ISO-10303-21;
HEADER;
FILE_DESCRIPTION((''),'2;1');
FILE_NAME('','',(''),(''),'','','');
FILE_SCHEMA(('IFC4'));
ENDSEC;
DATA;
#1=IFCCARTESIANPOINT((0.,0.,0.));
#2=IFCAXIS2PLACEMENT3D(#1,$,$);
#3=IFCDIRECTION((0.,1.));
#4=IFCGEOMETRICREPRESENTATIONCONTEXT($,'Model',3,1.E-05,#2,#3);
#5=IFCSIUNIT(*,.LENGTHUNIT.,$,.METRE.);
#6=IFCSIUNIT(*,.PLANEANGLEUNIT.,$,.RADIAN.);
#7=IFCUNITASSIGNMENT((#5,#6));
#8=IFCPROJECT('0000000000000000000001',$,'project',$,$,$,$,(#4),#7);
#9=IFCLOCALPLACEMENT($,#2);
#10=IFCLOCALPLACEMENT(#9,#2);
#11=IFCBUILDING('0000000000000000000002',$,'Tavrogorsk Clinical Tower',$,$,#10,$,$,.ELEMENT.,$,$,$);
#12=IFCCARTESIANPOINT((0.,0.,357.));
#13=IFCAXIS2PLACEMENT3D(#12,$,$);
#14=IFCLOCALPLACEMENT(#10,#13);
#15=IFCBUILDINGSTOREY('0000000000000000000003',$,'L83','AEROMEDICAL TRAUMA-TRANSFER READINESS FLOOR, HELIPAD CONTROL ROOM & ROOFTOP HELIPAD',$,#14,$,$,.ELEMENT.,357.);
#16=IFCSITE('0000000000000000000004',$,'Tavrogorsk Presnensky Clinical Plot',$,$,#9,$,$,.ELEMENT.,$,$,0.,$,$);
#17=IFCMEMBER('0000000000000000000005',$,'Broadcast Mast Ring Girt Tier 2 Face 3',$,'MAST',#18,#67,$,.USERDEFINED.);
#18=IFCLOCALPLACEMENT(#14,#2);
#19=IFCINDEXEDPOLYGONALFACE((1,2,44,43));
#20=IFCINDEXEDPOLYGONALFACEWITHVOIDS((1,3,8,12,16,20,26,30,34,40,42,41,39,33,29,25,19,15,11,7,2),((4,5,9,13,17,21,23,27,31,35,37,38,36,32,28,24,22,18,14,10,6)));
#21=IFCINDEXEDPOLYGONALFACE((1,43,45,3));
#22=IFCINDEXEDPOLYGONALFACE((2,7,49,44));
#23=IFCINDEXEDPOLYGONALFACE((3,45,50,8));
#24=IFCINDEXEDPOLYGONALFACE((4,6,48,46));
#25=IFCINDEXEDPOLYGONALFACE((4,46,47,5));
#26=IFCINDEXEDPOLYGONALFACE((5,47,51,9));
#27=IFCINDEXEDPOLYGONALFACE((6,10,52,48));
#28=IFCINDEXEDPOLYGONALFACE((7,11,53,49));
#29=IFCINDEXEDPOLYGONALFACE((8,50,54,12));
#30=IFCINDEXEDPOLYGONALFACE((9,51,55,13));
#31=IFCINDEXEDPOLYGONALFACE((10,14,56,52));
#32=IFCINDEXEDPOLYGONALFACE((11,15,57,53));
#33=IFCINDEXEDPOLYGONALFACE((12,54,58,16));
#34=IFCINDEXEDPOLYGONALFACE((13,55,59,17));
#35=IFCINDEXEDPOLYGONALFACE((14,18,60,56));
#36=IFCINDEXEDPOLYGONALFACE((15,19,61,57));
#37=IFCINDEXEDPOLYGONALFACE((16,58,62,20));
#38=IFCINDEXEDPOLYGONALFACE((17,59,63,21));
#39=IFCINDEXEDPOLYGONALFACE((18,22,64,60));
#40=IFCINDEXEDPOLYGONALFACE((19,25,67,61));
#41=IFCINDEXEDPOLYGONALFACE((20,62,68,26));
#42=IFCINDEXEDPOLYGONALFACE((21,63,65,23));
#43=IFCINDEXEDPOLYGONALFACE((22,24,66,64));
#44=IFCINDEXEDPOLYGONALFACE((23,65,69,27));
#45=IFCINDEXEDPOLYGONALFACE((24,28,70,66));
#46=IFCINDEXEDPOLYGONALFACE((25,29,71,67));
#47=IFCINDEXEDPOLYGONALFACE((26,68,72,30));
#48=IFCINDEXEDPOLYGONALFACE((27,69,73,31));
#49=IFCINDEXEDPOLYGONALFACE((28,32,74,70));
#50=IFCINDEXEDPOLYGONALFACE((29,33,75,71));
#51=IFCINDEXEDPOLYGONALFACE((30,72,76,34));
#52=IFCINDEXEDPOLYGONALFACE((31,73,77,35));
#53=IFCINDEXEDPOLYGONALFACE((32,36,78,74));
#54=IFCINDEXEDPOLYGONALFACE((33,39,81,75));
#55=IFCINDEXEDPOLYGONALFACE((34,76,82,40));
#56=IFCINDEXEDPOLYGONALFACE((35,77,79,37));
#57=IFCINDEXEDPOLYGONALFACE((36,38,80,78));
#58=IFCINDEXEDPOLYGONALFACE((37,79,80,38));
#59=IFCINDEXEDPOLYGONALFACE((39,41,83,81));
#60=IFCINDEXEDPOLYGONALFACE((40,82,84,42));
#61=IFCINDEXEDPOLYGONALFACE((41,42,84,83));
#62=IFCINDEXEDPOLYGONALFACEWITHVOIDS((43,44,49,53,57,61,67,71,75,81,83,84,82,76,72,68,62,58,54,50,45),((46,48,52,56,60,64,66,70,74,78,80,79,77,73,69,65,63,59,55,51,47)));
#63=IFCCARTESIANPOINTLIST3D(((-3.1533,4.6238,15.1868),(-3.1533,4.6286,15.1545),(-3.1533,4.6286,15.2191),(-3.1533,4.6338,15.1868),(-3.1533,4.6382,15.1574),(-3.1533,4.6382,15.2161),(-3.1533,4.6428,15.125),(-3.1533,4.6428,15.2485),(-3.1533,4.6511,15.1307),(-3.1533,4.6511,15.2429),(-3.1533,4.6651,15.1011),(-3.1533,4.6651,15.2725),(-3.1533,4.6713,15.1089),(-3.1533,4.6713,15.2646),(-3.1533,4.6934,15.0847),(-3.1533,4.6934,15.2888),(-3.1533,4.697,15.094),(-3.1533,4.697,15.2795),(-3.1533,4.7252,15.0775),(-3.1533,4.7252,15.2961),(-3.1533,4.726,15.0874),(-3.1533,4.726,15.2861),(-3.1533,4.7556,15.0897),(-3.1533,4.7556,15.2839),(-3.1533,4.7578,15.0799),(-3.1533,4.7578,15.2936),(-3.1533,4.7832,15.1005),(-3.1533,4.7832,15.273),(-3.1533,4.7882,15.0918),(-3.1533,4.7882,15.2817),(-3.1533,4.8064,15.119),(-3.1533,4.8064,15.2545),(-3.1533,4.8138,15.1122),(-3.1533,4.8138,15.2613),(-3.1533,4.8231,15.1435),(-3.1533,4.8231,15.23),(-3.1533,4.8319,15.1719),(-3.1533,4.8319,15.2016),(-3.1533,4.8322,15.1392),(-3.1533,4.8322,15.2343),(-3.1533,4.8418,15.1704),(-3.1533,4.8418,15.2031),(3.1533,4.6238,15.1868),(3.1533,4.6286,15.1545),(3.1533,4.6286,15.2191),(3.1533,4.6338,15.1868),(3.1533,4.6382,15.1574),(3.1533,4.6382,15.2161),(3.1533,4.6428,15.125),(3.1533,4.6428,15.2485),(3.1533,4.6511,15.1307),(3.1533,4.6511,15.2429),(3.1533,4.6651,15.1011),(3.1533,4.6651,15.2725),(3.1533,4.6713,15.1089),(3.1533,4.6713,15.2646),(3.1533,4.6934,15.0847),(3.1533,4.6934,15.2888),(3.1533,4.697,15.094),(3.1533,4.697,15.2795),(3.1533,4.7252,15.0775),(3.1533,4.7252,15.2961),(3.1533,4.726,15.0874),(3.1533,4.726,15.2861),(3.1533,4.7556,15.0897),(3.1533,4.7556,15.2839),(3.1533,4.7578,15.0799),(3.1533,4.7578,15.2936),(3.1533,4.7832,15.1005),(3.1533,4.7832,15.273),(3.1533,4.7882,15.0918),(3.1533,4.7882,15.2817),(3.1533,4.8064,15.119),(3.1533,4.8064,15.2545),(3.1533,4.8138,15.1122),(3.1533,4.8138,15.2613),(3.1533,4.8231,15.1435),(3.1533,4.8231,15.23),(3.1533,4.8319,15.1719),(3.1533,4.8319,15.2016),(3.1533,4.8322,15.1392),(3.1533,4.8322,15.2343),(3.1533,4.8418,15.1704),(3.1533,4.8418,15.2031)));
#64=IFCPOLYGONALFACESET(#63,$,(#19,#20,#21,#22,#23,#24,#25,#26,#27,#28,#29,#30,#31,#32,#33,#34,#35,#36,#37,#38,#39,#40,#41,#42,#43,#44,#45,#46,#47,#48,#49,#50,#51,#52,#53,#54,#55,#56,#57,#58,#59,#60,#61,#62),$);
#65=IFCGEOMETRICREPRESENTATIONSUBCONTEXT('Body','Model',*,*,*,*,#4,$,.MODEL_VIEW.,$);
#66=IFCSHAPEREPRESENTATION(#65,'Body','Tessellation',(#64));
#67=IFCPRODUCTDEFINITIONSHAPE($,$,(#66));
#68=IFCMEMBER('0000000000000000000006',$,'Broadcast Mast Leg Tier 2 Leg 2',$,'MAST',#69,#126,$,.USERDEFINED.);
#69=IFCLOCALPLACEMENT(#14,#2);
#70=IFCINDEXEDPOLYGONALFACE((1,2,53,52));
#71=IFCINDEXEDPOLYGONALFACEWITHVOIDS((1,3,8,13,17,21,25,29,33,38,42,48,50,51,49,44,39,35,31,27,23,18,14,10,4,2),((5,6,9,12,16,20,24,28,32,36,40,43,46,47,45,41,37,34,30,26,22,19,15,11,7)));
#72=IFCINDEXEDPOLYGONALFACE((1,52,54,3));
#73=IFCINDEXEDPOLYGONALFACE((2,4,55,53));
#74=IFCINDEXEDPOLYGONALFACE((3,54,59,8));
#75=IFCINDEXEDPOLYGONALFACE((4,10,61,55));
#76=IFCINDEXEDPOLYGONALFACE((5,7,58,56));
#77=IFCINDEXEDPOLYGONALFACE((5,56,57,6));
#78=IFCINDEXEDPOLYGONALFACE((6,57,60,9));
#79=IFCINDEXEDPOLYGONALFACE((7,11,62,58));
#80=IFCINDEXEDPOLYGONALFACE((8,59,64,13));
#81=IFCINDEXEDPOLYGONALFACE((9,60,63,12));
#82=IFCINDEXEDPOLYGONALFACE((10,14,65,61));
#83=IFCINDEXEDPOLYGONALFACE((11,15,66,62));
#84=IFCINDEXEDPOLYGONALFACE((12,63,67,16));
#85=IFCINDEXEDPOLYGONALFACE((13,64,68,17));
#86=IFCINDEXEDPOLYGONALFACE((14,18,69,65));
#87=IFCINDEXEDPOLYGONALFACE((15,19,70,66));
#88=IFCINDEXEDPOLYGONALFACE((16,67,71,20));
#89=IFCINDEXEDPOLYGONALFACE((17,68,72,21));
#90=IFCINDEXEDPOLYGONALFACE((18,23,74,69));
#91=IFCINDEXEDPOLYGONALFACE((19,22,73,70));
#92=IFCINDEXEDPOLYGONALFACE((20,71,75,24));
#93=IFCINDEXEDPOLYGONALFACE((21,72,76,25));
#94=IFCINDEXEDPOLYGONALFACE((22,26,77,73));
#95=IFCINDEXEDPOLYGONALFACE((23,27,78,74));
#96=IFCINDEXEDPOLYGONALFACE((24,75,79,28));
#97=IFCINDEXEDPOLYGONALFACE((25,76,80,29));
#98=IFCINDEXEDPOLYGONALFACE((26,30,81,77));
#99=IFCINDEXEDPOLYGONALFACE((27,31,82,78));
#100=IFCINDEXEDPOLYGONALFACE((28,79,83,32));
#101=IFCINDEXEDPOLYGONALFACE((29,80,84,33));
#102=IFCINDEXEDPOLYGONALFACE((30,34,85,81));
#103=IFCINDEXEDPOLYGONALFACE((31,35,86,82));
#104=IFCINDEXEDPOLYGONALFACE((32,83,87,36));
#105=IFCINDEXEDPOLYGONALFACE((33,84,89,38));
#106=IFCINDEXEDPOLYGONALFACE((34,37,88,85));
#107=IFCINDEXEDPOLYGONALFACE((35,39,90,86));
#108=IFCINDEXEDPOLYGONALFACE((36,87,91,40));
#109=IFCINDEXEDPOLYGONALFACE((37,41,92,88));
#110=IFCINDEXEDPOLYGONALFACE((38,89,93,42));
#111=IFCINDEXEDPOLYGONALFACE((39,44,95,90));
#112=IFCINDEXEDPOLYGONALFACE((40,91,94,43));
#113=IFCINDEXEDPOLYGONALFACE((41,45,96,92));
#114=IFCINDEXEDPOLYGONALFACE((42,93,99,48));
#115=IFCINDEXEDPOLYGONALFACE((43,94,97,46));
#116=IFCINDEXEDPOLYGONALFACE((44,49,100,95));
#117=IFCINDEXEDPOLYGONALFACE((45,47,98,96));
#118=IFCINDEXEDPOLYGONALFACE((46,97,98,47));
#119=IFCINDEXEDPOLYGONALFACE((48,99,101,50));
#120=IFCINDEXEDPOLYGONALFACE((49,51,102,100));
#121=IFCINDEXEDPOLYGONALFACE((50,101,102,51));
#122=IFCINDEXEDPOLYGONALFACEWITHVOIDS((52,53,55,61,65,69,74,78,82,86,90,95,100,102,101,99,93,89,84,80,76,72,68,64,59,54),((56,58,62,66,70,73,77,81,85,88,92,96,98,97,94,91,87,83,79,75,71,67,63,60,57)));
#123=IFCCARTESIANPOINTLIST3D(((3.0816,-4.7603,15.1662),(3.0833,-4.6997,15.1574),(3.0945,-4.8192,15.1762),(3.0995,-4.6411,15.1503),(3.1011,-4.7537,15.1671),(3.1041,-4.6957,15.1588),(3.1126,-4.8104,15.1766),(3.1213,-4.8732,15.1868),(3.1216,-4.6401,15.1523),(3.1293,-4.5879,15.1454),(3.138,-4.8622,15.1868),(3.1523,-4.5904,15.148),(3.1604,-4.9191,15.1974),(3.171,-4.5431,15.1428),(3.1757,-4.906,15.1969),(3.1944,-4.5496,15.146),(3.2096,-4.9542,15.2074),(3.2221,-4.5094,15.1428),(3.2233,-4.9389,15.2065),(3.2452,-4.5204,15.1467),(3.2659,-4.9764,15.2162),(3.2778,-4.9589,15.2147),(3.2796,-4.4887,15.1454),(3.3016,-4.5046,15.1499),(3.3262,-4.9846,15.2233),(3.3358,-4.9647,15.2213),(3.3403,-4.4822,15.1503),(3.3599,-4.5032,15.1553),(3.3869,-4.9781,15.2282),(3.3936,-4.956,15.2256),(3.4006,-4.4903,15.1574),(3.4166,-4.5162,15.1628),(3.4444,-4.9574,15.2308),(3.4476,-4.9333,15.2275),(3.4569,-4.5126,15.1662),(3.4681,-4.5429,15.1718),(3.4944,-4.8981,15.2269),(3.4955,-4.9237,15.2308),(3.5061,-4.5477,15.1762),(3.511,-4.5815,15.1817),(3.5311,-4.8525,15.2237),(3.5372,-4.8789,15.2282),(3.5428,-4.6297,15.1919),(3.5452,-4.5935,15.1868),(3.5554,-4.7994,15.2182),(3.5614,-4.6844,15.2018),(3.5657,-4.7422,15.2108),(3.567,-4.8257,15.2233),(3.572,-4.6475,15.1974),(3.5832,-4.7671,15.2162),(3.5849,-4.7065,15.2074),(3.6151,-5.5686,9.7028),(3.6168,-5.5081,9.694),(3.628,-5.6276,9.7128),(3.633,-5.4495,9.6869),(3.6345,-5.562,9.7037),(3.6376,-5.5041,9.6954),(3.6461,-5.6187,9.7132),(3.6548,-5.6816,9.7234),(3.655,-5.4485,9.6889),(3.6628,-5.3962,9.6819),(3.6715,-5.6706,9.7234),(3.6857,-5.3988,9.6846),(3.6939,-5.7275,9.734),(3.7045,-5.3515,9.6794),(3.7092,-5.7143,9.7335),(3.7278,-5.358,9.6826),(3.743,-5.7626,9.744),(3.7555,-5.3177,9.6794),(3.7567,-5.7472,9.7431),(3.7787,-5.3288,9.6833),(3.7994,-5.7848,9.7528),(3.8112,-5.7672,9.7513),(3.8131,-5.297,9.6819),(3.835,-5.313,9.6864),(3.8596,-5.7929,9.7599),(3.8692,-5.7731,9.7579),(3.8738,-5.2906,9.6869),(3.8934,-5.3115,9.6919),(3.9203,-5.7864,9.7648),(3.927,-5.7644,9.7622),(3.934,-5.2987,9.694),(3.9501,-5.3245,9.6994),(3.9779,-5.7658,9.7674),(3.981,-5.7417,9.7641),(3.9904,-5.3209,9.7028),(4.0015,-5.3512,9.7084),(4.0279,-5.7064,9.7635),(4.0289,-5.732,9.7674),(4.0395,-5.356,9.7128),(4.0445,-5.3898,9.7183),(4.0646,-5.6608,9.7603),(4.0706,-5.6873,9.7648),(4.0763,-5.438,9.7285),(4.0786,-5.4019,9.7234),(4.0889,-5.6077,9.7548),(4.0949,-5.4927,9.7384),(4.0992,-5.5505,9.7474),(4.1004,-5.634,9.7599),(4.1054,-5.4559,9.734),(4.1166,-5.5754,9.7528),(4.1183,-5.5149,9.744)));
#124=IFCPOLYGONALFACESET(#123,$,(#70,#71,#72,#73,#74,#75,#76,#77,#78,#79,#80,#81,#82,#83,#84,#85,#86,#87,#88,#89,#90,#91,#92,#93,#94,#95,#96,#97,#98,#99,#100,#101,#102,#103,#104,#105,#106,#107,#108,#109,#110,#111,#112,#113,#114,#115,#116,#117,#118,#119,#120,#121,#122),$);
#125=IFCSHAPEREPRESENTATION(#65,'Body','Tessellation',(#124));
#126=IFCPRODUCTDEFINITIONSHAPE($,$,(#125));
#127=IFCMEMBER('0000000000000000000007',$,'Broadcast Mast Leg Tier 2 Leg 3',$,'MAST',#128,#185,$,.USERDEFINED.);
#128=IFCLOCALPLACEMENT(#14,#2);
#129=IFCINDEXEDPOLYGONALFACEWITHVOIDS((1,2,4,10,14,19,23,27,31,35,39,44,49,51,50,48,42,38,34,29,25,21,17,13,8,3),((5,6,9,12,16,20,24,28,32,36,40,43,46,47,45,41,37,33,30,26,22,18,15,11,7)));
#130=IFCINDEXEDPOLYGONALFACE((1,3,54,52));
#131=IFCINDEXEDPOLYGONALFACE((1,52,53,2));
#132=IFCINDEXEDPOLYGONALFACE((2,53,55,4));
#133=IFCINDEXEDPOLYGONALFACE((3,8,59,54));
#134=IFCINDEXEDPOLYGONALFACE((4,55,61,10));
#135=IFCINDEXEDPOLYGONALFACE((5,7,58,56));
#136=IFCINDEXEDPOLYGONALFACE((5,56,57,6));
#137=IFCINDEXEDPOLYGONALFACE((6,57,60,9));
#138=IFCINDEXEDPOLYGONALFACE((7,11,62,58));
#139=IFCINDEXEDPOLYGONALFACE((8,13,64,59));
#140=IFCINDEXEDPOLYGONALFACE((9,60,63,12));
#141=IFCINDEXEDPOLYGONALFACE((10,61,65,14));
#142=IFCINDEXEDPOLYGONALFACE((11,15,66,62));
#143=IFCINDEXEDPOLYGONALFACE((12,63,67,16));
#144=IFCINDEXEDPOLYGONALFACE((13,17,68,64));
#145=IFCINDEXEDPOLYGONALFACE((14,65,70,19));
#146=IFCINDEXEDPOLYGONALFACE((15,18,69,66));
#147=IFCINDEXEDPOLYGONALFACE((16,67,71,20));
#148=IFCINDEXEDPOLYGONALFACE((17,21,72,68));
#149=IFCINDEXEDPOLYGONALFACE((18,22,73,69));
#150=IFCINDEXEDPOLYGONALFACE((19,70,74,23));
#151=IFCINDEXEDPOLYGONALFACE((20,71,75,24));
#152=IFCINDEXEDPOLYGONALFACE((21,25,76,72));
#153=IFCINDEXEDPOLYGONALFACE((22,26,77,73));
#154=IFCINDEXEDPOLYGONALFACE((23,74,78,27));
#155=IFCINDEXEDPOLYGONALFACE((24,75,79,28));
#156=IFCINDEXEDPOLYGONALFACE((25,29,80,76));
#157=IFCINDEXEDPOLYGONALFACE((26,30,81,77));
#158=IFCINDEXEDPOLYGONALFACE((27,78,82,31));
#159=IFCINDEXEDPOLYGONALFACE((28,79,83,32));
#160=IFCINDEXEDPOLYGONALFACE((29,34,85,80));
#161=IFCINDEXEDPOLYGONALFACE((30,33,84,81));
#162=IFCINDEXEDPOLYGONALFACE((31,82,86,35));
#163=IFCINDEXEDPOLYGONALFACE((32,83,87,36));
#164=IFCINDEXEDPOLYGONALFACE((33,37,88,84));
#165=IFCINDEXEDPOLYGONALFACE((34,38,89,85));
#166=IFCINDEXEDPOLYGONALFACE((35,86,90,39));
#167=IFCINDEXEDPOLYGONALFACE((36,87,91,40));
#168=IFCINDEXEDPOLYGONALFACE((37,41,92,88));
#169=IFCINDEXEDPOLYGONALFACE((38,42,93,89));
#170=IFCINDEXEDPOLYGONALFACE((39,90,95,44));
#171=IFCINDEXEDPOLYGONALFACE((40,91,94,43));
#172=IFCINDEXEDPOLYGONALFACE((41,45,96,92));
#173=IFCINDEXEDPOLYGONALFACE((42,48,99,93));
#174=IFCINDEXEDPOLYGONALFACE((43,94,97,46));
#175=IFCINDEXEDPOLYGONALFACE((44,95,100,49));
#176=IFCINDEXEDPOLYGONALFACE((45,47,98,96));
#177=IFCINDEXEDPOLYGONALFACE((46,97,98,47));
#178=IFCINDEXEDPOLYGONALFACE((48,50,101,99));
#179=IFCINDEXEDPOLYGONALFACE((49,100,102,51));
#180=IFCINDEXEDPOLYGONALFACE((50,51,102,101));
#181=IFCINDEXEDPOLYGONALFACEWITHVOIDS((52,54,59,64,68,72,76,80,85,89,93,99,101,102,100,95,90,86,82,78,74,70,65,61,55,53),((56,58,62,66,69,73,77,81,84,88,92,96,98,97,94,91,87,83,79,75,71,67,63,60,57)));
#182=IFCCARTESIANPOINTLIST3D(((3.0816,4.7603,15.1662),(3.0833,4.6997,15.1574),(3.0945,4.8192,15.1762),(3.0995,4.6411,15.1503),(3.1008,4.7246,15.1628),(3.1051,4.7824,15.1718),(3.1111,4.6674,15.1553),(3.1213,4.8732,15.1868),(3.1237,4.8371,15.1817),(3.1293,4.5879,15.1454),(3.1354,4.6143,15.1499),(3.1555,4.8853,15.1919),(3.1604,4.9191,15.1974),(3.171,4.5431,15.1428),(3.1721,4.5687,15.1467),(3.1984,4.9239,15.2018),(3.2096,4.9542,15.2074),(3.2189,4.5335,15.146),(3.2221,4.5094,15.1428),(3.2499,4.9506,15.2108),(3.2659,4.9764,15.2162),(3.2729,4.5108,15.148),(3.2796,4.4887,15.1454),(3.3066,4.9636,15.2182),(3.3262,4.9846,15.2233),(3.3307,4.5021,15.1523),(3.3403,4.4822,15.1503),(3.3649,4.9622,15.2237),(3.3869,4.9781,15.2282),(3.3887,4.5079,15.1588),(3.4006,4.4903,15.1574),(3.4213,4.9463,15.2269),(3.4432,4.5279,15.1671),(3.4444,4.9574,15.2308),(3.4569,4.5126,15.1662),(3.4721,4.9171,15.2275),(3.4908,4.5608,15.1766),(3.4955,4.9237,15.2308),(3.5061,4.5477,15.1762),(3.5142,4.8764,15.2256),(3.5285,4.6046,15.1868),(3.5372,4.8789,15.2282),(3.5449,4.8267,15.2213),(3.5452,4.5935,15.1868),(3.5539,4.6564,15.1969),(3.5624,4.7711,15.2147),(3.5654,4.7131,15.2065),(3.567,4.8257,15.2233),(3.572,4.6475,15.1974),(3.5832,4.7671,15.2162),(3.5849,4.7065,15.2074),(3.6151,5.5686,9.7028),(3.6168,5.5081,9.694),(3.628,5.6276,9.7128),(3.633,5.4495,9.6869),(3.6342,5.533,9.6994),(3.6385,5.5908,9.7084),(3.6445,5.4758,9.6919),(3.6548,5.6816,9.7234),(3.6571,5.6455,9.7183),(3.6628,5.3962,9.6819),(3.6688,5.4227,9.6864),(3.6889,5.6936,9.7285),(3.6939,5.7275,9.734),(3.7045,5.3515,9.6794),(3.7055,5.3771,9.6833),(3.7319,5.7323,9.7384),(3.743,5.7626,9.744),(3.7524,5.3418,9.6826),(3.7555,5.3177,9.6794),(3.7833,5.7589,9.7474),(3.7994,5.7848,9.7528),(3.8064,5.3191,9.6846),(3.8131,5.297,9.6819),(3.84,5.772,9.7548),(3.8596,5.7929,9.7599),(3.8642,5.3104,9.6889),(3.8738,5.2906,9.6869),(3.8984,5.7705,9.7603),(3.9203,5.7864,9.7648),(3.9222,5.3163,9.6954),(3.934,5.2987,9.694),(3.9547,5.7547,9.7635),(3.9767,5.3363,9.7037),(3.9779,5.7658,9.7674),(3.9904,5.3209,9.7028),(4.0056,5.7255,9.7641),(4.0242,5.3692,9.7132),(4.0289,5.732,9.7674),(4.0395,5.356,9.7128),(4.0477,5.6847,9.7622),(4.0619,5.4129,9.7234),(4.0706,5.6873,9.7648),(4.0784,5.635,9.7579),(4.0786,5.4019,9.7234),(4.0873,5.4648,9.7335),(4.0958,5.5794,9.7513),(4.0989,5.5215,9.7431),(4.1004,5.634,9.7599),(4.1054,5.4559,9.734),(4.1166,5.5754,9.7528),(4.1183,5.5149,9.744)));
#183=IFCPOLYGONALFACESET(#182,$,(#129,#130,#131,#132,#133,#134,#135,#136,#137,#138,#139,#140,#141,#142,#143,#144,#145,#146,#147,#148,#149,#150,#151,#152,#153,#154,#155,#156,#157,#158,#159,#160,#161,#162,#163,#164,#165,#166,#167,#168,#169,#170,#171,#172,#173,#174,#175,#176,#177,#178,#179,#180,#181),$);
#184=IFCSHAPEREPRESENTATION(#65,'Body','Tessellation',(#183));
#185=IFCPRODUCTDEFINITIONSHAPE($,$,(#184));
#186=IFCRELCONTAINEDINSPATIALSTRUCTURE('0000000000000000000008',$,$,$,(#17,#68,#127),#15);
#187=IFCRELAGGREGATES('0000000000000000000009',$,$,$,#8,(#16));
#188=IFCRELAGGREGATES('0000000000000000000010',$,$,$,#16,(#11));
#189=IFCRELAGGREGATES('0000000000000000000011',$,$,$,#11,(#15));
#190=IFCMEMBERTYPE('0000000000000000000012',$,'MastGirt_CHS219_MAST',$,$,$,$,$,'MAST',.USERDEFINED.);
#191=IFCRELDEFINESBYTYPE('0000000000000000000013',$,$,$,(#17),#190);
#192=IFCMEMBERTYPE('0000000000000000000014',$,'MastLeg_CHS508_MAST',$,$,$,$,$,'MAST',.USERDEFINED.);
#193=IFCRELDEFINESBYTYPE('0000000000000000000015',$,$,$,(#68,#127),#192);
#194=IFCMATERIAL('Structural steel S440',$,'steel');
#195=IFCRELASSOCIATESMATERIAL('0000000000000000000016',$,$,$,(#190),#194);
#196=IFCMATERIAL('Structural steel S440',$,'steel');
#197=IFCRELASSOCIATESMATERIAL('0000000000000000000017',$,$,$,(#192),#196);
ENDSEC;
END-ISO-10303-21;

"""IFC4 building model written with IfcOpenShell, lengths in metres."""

from ifc_helpers import new_model, si_unit, direction, frame, origin, origin_2d, place, context, subcontext, project, spatial, hollow_circle, extrude, material, material_profile, profile_set, type_object, element, save


model = new_model("IFC4")

# Units and contexts
model_context = context("Model", 3, precision=1e-05, world=origin(), true_north=direction((0.0, 1.0)))
body_context = subcontext(model_context, "Body", "Model", "MODEL_VIEW")
ifc_project = project(units=[si_unit("LENGTHUNIT", "METRE"), si_unit("PLANEANGLEUNIT", "RADIAN")], contexts=[model_context])

# Site, building, storey
site_placement = place(None, origin())
site = spatial("IfcSite", under=ifc_project, at=site_placement, Name="Tavrogorsk Presnensky Clinical Plot", CompositionType="ELEMENT", RefElevation=0.0)
building_placement = place(site_placement, origin())
building = spatial("IfcBuilding", under=site, at=building_placement, Name="Tavrogorsk Clinical Tower", CompositionType="ELEMENT")
storey_placement = place(building_placement, frame((0.0, 0.0, 357.0)))
storey = spatial("IfcBuildingStorey", under=building, at=storey_placement, Name="L83", Description="AEROMEDICAL TRAUMA-TRANSFER READINESS FLOOR, HELIPAD CONTROL ROOM & ROOFTOP HELIPAD", CompositionType="ELEMENT", Elevation=357.0)

# Members
ifc_material_1 = material(Name="Structural steel S440", Category="steel")
ifc_material_profile_1 = material_profile(ifc_material_1, hollow_circle(Radius=0.1096, WallThickness=0.01, at=origin_2d()), Name="CHS-219.1x10")
ifc_profile_set_1 = profile_set([ifc_material_profile_1], Name="Structural steel S440")
member_type_1 = type_object("IfcMemberType", Name="MastGirt_CHS219_MAST", ElementType="MAST", PredefinedType="USERDEFINED", material=ifc_profile_set_1)
member_1_placement = place(storey_placement, frame((3.1533, 4.7334, 15.1868), z_axis=(-1.0, 0.0, 0.0), x_axis=(0.0, -1.0, 0.0)))
element("IfcMember", 1, at=member_1_placement, inside=storey, type_object=member_type_1, Name="Broadcast Mast Ring Girt Tier 2 Face 3", ObjectType="MAST", PredefinedType="USERDEFINED", context=body_context, shape_type="SweptSolid", body=[
    extrude(hollow_circle(Radius=0.1096, WallThickness=0.01, at=origin_2d()), origin(), (0.0, 0.0, 1.0), 6.3066),
])
ifc_material_2 = material(Name="Structural steel S440", Category="steel")
ifc_material_profile_2 = material_profile(ifc_material_2, hollow_circle(Radius=0.2539, WallThickness=0.02, at=origin_2d()), Name="CHS-508x20")
ifc_profile_set_2 = profile_set([ifc_material_profile_2], Name="Structural steel S440")
member_type_2 = type_object("IfcMemberType", Name="MastLeg_CHS508_MAST", ElementType="MAST", PredefinedType="USERDEFINED", material=ifc_profile_set_2)
for number, where, z_axis, x_axis, name in (
    (2, (3.8667, -5.5417, 9.7234), (-0.096142, 0.145686, 0.984648), (-0.83464, -0.550797, 0.0), "Broadcast Mast Leg Tier 2 Leg 2"),
    (3, (3.8667, 5.5417, 9.7234), (-0.096142, -0.145686, 0.984648), (0.83464, -0.550797, 0.0), "Broadcast Mast Leg Tier 2 Leg 3"),
):
    element("IfcMember", number, at=place(storey_placement, frame(where, z_axis=z_axis, x_axis=x_axis)), inside=storey, type_object=member_type_2, Name=name, ObjectType="MAST", PredefinedType="USERDEFINED", context=body_context, shape_type="SweptSolid", body=[
        extrude(hollow_circle(Radius=0.2539, WallThickness=0.02, at=origin_2d()), origin(), (0.0, 0.0, 1.0), 5.5486),
    ])

save(model, "model.ifc")
